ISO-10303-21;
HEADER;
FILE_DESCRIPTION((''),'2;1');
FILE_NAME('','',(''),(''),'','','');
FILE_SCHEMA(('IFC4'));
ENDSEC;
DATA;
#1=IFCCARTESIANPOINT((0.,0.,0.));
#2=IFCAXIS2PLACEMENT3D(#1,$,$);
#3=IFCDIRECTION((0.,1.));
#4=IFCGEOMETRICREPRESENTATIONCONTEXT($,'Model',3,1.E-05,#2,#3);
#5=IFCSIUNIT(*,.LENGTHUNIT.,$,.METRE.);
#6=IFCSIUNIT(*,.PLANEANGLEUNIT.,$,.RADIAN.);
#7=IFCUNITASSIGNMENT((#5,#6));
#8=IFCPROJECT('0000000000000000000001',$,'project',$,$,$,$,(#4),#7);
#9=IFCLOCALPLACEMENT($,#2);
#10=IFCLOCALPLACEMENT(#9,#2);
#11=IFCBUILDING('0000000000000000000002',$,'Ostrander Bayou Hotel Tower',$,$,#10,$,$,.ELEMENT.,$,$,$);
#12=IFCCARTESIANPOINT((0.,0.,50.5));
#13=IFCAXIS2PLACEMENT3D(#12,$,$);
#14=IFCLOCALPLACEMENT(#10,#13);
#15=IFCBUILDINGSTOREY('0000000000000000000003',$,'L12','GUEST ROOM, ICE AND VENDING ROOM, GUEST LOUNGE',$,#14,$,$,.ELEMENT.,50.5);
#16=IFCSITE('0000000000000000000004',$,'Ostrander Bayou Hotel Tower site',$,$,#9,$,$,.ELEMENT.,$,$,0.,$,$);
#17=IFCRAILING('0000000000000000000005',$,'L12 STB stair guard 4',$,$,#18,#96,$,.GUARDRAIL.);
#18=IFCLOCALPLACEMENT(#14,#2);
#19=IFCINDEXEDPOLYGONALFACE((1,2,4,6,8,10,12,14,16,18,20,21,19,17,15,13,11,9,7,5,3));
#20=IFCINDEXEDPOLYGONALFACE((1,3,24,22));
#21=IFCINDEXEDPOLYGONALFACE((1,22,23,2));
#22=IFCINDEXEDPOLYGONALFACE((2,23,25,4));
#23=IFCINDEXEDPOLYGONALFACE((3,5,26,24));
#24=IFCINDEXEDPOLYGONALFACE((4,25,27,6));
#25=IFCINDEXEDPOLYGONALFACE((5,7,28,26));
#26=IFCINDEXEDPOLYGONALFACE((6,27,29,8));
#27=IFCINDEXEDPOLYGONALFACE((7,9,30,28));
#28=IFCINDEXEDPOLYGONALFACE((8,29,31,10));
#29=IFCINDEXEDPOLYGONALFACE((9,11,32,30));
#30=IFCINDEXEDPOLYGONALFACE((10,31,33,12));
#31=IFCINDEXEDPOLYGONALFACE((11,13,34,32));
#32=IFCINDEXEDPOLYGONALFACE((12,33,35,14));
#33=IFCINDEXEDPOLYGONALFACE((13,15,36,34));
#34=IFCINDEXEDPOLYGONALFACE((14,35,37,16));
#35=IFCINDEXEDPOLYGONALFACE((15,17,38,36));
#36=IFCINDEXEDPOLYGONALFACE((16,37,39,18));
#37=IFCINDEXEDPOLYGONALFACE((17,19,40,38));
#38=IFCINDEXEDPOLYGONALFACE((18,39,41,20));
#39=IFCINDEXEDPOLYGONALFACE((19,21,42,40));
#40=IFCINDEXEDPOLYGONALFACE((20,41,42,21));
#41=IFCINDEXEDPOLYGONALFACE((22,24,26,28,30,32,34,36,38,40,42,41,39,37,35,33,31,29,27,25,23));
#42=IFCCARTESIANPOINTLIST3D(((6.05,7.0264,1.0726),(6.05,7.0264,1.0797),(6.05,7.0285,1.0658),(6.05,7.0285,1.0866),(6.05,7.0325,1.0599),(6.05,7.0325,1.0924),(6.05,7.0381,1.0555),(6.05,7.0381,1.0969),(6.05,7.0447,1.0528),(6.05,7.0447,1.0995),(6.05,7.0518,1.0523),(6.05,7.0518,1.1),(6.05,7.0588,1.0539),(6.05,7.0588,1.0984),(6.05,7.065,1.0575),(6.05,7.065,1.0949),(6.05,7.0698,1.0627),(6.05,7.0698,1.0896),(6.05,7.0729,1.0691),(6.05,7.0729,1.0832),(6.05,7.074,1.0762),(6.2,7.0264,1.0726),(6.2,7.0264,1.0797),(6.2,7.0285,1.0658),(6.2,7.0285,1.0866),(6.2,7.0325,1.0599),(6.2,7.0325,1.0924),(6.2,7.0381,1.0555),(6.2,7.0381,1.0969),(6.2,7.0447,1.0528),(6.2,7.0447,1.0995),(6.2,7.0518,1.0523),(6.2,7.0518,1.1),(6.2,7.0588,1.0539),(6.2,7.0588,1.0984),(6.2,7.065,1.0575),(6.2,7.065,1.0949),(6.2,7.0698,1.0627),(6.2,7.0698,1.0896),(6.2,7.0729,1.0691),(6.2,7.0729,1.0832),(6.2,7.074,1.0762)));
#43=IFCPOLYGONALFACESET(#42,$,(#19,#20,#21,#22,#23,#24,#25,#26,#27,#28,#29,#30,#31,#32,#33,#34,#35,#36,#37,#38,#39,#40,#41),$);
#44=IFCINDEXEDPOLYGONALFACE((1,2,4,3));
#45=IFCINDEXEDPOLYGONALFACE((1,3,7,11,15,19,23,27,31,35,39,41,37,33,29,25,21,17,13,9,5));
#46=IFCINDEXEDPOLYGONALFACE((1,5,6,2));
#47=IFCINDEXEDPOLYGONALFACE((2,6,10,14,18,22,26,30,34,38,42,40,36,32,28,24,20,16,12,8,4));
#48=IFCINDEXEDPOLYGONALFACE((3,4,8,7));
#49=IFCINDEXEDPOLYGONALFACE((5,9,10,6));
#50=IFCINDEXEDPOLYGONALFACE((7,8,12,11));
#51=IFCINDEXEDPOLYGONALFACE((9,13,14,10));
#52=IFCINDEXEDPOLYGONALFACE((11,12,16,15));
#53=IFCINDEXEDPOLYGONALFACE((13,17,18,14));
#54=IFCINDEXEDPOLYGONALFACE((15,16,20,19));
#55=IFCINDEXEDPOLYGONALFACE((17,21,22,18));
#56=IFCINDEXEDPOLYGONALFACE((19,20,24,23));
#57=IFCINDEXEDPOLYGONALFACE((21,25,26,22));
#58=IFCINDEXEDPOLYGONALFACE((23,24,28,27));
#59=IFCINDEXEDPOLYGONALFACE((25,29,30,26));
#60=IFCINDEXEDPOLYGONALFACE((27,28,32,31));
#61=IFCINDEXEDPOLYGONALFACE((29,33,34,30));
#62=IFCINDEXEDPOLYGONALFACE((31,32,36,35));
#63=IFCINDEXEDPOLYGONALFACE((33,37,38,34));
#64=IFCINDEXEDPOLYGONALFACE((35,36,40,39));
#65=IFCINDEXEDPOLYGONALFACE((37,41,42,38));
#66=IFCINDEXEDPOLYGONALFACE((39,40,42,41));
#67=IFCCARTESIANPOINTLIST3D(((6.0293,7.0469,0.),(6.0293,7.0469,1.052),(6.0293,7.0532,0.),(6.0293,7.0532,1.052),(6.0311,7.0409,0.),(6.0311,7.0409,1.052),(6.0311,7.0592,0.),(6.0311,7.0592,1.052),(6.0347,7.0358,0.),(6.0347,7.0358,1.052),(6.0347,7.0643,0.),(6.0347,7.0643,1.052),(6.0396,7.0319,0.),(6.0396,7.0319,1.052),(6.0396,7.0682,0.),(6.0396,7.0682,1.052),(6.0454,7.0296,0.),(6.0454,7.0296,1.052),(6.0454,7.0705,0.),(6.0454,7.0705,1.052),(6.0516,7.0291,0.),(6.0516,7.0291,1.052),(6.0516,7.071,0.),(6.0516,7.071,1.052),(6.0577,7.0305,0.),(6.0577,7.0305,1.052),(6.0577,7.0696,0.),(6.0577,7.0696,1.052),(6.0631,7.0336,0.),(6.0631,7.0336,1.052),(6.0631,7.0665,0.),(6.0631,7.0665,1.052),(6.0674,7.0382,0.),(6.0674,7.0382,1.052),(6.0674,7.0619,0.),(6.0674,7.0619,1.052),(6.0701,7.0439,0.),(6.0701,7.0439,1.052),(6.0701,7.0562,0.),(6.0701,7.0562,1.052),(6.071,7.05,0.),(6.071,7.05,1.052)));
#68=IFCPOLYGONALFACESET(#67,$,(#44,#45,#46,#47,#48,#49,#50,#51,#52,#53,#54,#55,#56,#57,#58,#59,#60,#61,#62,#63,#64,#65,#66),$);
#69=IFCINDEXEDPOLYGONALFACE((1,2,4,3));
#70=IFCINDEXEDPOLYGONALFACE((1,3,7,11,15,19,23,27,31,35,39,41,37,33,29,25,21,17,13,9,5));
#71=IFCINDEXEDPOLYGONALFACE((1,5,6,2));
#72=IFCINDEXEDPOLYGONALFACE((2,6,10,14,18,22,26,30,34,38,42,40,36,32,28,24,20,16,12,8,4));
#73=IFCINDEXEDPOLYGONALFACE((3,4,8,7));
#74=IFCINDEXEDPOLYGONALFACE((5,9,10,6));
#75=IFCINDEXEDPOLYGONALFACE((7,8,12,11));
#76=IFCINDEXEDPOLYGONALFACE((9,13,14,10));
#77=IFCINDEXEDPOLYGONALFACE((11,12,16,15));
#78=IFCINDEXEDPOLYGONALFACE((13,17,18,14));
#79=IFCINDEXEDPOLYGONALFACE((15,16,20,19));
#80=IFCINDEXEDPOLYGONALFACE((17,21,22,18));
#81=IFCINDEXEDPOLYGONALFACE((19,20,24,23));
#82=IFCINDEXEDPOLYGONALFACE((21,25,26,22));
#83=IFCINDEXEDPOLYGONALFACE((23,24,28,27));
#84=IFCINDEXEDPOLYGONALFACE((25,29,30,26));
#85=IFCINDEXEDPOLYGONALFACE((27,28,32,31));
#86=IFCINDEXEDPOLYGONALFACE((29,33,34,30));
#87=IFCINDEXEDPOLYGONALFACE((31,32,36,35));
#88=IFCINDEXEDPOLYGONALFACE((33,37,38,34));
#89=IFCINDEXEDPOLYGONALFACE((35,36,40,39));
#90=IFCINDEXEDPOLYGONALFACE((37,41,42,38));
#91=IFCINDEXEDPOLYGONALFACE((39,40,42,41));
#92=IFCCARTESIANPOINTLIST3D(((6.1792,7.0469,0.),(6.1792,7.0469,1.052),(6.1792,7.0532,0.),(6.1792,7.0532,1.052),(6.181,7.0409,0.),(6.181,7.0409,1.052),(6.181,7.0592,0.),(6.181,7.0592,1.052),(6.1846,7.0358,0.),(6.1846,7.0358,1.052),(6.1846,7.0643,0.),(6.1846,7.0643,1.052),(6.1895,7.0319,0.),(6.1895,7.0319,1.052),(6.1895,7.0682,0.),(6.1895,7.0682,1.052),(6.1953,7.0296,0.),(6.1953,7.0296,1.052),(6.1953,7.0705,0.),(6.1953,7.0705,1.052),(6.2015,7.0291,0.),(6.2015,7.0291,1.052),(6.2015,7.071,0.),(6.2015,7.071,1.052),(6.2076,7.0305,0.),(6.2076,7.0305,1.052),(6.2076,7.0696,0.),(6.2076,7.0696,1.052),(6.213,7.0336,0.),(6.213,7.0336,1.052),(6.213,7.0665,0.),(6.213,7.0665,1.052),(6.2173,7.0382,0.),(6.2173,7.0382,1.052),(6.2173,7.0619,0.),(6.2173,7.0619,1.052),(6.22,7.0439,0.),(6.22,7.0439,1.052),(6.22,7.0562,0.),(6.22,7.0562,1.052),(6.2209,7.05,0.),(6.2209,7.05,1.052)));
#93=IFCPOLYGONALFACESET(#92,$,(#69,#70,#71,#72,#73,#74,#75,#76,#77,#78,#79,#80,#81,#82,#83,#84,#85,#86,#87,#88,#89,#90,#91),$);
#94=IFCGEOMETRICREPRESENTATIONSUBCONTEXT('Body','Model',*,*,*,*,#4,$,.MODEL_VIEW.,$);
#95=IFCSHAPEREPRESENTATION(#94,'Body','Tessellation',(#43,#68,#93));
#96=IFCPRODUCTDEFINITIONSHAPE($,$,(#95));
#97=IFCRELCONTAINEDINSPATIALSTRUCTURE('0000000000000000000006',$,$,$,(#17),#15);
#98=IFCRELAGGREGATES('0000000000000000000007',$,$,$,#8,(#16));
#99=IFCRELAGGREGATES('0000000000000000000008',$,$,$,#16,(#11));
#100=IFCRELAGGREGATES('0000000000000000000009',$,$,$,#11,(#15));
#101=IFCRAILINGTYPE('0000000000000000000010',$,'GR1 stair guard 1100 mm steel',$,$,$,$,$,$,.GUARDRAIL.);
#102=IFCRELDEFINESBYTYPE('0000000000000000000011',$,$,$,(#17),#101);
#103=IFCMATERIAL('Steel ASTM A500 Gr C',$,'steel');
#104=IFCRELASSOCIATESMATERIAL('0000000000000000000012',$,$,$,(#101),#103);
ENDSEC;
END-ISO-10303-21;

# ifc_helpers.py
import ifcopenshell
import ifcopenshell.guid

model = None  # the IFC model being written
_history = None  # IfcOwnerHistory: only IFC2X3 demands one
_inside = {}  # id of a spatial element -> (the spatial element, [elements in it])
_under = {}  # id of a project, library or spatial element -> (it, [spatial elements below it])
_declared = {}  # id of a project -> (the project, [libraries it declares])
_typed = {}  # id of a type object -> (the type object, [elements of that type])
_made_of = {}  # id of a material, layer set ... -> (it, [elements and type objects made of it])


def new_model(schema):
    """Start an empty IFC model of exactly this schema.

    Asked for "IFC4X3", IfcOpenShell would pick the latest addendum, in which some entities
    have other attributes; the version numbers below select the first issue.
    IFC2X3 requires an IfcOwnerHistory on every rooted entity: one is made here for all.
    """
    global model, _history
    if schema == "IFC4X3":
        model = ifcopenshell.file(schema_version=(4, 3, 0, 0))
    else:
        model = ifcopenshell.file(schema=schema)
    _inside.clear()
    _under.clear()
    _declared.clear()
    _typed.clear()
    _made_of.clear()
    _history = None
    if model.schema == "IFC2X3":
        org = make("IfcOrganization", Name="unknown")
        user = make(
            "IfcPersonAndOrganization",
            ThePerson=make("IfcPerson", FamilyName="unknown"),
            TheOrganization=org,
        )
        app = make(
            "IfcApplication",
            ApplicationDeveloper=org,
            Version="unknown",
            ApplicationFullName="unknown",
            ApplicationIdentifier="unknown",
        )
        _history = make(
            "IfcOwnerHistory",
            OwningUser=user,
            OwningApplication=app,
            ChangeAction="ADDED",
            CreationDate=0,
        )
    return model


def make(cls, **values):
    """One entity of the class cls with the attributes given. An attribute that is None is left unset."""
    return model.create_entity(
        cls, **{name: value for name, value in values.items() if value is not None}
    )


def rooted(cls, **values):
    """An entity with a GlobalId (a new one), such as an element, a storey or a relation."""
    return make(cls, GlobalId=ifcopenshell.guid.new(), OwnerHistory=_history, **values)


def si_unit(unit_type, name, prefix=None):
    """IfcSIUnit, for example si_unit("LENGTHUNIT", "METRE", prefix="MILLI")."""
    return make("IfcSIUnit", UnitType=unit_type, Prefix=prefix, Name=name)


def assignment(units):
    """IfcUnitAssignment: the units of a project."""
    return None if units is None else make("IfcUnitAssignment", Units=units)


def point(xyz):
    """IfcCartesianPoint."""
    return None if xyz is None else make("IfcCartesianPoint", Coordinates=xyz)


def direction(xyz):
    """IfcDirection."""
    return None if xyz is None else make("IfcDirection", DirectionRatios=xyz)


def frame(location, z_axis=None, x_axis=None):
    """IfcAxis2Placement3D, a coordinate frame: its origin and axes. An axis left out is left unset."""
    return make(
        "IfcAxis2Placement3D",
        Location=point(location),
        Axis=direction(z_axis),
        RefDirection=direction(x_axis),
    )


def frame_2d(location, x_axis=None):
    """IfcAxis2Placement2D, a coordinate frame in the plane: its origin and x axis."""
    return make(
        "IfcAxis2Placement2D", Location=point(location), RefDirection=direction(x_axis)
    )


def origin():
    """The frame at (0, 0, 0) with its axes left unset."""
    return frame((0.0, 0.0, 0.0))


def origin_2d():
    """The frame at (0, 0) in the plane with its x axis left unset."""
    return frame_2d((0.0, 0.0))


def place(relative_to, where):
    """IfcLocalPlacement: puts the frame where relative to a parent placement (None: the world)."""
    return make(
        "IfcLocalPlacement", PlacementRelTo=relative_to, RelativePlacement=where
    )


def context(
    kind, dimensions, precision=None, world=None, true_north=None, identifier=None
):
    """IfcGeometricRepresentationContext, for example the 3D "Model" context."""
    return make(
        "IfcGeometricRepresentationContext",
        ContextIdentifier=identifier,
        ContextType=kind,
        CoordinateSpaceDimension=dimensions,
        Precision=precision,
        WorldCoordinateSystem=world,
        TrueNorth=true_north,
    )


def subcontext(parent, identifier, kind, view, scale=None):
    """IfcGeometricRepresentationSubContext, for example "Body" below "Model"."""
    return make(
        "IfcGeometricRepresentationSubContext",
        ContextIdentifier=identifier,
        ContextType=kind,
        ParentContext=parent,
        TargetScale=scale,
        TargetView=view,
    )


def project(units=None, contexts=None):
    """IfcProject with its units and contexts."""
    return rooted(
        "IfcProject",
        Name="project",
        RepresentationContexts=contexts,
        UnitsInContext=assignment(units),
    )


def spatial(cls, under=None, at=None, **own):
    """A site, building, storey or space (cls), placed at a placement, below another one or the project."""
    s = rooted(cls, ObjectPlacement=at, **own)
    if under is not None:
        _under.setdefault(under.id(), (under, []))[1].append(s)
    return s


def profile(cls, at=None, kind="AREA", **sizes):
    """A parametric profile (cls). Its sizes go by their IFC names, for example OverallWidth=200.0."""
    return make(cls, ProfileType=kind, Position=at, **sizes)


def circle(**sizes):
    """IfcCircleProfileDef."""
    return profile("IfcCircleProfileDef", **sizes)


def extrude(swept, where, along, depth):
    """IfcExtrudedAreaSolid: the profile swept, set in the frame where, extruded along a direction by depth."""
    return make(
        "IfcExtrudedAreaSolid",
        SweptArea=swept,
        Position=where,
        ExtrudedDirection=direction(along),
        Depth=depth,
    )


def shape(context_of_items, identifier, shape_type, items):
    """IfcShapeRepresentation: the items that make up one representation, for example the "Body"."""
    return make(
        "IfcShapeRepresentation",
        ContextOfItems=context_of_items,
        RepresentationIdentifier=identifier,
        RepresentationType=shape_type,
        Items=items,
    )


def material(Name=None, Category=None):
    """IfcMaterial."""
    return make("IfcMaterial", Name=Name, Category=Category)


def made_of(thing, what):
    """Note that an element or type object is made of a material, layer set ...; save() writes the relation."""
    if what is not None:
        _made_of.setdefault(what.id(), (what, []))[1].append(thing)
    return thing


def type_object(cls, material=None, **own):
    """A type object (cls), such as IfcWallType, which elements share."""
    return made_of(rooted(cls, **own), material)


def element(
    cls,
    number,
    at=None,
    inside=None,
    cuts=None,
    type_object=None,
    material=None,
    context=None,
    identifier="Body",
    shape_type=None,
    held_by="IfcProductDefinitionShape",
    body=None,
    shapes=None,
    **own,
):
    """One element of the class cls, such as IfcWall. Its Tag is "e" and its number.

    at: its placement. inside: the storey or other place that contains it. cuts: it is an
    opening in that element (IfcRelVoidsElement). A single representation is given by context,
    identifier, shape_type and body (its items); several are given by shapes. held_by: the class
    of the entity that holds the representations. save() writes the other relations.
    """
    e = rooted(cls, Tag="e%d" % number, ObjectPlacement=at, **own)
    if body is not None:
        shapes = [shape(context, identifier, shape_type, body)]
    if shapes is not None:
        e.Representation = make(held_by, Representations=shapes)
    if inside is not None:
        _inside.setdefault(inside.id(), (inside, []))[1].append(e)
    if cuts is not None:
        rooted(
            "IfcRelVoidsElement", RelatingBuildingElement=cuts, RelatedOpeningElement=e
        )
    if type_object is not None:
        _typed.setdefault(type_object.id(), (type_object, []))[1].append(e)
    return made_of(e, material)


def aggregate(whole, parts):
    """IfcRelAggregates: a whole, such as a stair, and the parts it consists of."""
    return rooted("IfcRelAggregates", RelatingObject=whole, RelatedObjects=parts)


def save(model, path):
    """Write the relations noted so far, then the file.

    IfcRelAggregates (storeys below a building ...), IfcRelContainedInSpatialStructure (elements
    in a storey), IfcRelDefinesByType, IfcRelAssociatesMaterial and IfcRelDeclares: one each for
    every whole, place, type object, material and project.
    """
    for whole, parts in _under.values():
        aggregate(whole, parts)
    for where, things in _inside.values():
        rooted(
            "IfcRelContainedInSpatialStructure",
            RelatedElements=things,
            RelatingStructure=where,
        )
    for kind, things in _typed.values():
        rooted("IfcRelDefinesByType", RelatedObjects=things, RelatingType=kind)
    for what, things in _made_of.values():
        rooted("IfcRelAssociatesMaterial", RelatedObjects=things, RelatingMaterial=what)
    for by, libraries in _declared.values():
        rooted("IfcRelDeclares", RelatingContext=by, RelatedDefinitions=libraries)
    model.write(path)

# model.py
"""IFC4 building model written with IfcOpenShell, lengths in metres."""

from ifc_helpers import new_model, si_unit, direction, frame, origin, origin_2d, place, context, subcontext, project, spatial, circle, extrude, material, type_object, element, save


model = new_model("IFC4")

# Units and contexts
model_context = context("Model", 3, precision=1e-05, world=origin(), true_north=direction((0.0, 1.0)))
body_context = subcontext(model_context, "Body", "Model", "MODEL_VIEW")
ifc_project = project(units=[si_unit("LENGTHUNIT", "METRE"), si_unit("PLANEANGLEUNIT", "RADIAN")], contexts=[model_context])

# Site, building, storey
site_placement = place(None, origin())
site = spatial("IfcSite", under=ifc_project, at=site_placement, Name="Ostrander Bayou Hotel Tower site", CompositionType="ELEMENT", RefElevation=0.0)
building_placement = place(site_placement, origin())
building = spatial("IfcBuilding", under=site, at=building_placement, Name="Ostrander Bayou Hotel Tower", CompositionType="ELEMENT")
storey_placement = place(building_placement, frame((0.0, 0.0, 50.5)))
storey = spatial("IfcBuildingStorey", under=building, at=storey_placement, Name="L12", Description="GUEST ROOM, ICE AND VENDING ROOM, GUEST LOUNGE", CompositionType="ELEMENT", Elevation=50.5)

# Railing
ifc_material_1 = material(Name="Steel ASTM A500 Gr C", Category="steel")
railing_type_1 = type_object("IfcRailingType", Name="GR1 stair guard 1100 mm steel", PredefinedType="GUARDRAIL", material=ifc_material_1)
railing_1_placement = place(storey_placement, frame((6.05, 7.05, 0.0)))
element("IfcRailing", 1, at=railing_1_placement, inside=storey, type_object=railing_type_1, Name="L12 STB stair guard 4", PredefinedType="GUARDRAIL", context=body_context, shape_type="SweptSolid", body=[
    extrude(circle(Radius=0.0239, at=origin_2d()), frame((0.0, 0.0, 1.0762), z_axis=(1.0, 0.0, 0.0), x_axis=(0.0, 1.0, 0.0)), (0.0, 0.0, 1.0), 0.1499),
    extrude(circle(Radius=0.021, at=origin_2d()), origin(), (0.0, 0.0, 1.0), 1.052),
    extrude(circle(Radius=0.021, at=origin_2d()), frame((0.1499, 0.0, 0.0)), (0.0, 0.0, 1.0), 1.052),
])

save(model, "model.ifc")
